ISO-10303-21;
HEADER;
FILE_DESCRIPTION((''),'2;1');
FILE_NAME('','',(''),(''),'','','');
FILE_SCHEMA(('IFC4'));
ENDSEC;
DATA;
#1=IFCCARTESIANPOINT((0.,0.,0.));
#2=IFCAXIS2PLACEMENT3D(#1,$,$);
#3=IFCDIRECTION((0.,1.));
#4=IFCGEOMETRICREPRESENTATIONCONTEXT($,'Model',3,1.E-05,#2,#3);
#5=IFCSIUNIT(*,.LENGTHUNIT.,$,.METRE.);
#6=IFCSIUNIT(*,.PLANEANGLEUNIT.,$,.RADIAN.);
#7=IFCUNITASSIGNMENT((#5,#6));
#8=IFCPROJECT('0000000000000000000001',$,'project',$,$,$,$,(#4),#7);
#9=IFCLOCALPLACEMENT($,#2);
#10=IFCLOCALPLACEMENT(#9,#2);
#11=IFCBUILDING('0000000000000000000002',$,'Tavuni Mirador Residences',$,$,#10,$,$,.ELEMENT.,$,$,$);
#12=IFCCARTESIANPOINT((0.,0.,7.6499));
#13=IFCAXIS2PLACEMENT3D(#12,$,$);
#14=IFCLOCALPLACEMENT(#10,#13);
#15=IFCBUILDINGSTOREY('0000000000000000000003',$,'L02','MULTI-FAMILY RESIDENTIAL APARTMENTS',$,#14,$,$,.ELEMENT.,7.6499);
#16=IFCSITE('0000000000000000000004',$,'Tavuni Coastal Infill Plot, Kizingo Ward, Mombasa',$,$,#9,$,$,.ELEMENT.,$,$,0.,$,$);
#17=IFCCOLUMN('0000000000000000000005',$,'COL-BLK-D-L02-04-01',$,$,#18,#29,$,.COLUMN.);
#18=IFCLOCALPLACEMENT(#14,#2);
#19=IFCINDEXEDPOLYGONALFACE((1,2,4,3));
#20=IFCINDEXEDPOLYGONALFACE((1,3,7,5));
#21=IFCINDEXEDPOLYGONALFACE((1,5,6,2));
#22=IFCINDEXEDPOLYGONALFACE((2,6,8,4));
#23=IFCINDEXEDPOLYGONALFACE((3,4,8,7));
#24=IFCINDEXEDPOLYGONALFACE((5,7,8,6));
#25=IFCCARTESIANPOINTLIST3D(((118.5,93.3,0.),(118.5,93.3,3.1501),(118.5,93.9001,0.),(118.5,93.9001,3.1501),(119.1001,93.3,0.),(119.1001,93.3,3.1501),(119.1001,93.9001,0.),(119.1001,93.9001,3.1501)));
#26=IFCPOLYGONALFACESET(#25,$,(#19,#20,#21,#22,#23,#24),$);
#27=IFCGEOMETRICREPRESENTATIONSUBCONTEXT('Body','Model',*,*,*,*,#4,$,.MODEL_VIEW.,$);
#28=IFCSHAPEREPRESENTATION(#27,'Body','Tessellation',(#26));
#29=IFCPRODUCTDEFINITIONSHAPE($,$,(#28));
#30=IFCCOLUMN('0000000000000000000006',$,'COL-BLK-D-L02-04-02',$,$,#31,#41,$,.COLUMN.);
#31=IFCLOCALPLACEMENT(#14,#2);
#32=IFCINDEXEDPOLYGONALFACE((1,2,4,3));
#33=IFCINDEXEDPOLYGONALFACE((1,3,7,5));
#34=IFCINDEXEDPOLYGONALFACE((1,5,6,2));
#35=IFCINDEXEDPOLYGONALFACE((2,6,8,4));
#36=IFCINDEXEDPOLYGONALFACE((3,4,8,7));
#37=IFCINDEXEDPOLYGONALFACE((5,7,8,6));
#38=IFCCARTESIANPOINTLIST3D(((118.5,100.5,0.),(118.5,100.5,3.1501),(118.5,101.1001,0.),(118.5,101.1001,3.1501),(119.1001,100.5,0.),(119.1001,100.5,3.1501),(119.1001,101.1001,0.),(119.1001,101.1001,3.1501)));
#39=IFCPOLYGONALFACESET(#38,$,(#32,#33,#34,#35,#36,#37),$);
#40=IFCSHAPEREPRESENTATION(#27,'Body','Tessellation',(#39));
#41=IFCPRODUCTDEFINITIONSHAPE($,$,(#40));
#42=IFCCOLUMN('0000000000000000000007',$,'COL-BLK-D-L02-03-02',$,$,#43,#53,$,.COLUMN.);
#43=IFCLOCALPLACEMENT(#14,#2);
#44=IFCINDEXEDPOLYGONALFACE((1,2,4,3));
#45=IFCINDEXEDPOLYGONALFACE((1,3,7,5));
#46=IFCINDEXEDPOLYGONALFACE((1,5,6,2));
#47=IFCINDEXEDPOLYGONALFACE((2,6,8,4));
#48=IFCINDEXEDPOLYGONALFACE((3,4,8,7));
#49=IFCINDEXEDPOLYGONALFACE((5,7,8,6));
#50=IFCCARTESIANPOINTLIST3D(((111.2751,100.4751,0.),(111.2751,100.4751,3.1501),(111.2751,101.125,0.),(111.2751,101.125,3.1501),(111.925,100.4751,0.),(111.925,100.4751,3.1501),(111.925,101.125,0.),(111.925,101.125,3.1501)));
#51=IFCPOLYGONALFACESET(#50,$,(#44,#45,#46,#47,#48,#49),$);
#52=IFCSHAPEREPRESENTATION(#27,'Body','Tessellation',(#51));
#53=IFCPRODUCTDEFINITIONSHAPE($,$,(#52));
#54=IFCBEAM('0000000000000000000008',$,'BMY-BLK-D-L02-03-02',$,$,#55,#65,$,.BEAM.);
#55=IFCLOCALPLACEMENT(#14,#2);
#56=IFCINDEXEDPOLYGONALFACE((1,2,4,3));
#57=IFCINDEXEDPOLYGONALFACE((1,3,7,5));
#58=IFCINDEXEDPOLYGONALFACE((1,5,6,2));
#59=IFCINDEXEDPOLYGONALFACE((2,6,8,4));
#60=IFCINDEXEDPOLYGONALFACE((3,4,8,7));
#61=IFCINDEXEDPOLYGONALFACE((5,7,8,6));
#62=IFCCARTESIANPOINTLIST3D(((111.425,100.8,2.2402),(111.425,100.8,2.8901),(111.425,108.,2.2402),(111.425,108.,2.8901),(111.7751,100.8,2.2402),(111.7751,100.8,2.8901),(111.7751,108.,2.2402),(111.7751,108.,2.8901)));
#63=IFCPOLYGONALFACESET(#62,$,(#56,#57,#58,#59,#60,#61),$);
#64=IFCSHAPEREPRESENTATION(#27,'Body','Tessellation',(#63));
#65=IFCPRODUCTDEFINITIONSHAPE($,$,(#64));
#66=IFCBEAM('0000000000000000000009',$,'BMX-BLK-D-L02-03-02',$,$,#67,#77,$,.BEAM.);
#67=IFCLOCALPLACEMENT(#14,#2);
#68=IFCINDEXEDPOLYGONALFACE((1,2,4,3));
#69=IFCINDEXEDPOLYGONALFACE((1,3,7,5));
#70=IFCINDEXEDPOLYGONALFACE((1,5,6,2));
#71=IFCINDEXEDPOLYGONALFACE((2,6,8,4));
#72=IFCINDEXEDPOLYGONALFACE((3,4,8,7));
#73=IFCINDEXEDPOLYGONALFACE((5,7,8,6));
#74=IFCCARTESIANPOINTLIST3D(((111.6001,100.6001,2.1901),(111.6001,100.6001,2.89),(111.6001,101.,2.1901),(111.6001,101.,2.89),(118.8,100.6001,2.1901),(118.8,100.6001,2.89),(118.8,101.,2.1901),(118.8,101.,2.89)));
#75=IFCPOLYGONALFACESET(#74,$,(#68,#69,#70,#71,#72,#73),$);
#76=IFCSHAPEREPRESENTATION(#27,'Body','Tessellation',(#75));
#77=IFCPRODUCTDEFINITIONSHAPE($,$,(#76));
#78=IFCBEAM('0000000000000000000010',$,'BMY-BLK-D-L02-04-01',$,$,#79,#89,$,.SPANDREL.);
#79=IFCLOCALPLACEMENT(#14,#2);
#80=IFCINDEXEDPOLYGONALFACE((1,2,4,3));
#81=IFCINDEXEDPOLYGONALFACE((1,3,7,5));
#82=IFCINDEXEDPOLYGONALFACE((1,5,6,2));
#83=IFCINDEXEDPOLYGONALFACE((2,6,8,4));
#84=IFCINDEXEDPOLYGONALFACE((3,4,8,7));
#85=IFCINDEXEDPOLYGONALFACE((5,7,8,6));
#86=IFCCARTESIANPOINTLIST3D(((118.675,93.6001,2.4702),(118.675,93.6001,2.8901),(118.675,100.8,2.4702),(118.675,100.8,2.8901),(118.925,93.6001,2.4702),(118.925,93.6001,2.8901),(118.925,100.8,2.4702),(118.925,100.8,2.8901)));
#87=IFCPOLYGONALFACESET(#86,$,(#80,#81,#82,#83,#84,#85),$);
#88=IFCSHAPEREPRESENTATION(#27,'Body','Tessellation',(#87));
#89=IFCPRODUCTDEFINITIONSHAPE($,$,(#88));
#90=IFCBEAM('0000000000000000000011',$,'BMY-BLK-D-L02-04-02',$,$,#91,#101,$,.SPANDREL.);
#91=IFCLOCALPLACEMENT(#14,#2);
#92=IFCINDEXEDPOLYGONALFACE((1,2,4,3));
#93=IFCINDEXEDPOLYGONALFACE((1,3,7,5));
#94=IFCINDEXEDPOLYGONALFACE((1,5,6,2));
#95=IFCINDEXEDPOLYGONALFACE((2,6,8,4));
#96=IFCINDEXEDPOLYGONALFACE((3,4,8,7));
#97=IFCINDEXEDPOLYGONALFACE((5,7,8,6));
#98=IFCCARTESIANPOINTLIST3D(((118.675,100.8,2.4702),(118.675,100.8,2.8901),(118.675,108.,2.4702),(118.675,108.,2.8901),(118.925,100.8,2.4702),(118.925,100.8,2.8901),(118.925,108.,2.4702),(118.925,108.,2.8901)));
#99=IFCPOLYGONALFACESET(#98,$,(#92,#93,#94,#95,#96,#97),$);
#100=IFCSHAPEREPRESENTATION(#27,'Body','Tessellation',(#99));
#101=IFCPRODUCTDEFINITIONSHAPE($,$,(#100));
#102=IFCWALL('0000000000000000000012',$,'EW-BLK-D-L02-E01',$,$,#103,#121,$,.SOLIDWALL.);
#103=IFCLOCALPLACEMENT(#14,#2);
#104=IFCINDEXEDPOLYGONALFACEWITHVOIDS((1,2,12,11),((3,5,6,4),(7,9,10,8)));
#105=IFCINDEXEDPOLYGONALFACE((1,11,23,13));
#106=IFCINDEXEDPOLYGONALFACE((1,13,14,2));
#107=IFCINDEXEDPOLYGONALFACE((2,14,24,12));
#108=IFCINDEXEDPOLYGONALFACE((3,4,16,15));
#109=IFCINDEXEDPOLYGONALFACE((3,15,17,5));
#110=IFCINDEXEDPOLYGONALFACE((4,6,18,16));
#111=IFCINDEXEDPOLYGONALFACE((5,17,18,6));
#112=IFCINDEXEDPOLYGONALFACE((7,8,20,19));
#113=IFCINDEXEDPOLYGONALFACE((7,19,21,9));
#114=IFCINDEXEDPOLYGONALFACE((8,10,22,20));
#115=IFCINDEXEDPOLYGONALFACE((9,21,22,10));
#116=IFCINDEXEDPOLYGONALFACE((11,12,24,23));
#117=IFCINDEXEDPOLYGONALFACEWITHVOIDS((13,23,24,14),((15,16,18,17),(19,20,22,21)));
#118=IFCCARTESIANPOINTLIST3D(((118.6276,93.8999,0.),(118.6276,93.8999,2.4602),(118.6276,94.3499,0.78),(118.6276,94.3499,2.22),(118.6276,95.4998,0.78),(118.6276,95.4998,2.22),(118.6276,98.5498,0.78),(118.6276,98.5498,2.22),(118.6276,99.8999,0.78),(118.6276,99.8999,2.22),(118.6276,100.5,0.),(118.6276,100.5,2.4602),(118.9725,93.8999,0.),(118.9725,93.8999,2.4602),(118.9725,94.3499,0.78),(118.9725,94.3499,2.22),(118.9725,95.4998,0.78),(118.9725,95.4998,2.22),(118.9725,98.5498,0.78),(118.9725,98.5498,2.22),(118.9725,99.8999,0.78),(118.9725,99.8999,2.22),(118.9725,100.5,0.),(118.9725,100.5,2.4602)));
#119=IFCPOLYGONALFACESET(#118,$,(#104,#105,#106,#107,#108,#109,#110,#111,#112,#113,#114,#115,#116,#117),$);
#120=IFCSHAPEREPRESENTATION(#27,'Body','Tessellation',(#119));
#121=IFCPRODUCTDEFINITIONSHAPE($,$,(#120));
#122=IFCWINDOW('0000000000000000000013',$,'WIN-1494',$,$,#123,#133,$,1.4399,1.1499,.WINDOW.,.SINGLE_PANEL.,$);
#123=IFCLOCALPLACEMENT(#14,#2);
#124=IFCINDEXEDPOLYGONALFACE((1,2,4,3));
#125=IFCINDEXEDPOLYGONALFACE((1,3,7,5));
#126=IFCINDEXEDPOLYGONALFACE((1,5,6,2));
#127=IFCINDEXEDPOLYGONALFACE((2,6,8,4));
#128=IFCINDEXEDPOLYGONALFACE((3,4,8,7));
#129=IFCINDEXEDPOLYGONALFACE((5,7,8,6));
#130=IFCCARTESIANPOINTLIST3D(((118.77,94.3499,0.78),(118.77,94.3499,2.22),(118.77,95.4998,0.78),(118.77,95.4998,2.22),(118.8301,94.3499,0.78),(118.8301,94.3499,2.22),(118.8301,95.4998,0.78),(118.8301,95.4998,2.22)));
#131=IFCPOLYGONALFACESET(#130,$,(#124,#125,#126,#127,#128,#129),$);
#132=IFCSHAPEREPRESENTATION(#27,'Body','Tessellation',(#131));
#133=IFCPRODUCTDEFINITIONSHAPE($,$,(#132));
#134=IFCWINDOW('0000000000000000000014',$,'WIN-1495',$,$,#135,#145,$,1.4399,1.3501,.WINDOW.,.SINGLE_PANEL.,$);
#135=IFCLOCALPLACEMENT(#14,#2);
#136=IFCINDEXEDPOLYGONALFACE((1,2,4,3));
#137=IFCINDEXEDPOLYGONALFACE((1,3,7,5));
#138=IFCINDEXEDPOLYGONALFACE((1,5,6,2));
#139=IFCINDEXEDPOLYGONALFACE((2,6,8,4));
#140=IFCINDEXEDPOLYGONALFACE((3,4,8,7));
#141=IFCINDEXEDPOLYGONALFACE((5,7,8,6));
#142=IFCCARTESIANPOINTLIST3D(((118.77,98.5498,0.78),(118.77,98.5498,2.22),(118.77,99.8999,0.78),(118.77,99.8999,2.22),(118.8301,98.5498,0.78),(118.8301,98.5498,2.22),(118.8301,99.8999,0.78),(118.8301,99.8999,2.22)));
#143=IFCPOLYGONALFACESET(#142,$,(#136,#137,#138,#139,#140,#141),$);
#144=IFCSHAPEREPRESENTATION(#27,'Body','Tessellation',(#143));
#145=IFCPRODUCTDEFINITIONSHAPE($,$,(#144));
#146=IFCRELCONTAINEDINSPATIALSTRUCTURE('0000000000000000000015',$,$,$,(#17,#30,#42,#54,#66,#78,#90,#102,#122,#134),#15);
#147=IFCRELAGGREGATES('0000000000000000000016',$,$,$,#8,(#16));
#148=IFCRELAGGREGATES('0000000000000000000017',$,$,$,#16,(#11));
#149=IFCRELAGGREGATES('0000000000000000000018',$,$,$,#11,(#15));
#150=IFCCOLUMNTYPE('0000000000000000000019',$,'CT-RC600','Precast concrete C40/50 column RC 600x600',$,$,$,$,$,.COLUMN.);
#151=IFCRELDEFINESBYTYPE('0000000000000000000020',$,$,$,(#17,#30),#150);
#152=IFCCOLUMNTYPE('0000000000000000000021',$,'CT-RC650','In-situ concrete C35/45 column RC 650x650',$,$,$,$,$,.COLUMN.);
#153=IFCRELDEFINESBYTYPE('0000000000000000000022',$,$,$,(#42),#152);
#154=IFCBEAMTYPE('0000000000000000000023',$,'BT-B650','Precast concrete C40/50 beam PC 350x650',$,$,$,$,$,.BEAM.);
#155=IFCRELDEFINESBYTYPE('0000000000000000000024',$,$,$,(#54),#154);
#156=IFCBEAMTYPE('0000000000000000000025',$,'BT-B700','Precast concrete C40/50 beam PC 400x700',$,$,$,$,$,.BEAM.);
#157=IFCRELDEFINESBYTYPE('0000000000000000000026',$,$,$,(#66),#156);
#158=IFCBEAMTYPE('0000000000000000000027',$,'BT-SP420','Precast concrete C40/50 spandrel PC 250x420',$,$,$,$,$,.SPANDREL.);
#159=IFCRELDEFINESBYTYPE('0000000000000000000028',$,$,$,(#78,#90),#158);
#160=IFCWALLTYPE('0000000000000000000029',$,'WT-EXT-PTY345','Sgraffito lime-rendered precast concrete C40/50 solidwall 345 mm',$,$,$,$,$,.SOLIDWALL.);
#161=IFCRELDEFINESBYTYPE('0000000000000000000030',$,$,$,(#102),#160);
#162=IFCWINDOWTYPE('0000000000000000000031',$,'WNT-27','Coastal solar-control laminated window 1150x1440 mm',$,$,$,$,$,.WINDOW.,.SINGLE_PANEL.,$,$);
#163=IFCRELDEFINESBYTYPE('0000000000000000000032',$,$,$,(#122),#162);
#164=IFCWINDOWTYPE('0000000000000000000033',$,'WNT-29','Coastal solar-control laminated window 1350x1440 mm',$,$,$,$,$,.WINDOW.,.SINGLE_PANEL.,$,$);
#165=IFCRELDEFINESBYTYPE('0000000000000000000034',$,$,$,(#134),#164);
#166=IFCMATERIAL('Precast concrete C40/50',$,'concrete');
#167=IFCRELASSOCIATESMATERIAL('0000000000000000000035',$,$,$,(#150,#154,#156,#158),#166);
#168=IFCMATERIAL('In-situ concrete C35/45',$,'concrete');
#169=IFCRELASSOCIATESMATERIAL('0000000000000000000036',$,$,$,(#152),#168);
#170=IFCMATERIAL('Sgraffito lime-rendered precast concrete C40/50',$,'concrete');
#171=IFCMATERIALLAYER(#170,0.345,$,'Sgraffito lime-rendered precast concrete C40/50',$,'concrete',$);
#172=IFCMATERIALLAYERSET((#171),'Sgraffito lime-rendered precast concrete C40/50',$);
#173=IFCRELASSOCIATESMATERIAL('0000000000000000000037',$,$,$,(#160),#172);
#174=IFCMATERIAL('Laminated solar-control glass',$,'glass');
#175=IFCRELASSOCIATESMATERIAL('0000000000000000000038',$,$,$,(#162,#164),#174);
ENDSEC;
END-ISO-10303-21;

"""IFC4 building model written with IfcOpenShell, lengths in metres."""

from ifc_helpers import new_model, si_unit, direction, frame, frame_2d, origin, origin_2d, place, context, subcontext, project, spatial, rectangle, extrude, material, layer, layer_set, material_profile, profile_set, type_object, element, fill, save


model = new_model("IFC4")

# Units and contexts
model_context = context("Model", 3, precision=1e-05, world=origin(), true_north=direction((0.0, 1.0)))
body_context = subcontext(model_context, "Body", "Model", "MODEL_VIEW")
ifc_project = project(units=[si_unit("LENGTHUNIT", "METRE"), si_unit("PLANEANGLEUNIT", "RADIAN")], contexts=[model_context])

# Site, building, storey
site_placement = place(None, origin())
site = spatial("IfcSite", under=ifc_project, at=site_placement, Name="Tavuni Coastal Infill Plot, Kizingo Ward, Mombasa", CompositionType="ELEMENT", RefElevation=0.0)
building_placement = place(site_placement, origin())
building = spatial("IfcBuilding", under=site, at=building_placement, Name="Tavuni Mirador Residences", CompositionType="ELEMENT")
storey_placement = place(building_placement, frame((0.0, 0.0, 7.6499)))
storey = spatial("IfcBuildingStorey", under=building, at=storey_placement, Name="L02", Description="MULTI-FAMILY RESIDENTIAL APARTMENTS", CompositionType="ELEMENT", Elevation=7.6499)

# Columns
ifc_material_1 = material(Name="Precast concrete C40/50", Category="concrete")
ifc_material_profile_1 = material_profile(ifc_material_1, rectangle(XDim=0.6001, YDim=0.6001, at=origin_2d()), Name="RC 600x600", Category="concrete")
ifc_profile_set_1 = profile_set([ifc_material_profile_1], Name="Precast concrete C40/50")
column_type_1 = type_object("IfcColumnType", Name="CT-RC600", Description="Precast concrete C40/50 column RC 600x600", PredefinedType="COLUMN", material=ifc_profile_set_1)
for number, where, z_axis, x_axis, name in (
    (1, (118.8, 93.6001, 0.0), (0.0, 0.0, 1.0), (1.0, 0.0, 0.0), "COL-BLK-D-L02-04-01"),
    (2, (118.8, 100.8, 0.0), (0.0, 0.0, 1.0), (1.0, 0.0, 0.0), "COL-BLK-D-L02-04-02"),
):
    element("IfcColumn", number, at=place(storey_placement, frame(where, z_axis=z_axis, x_axis=x_axis)), inside=storey, type_object=column_type_1, Name=name, PredefinedType="COLUMN", context=body_context, shape_type="SweptSolid", body=[
        extrude(rectangle(XDim=0.6001, YDim=0.6001, at=origin_2d()), origin(), (0.0, 0.0, 1.0), 3.1501),
    ])
ifc_material_2 = material(Name="In-situ concrete C35/45", Category="concrete")
ifc_material_profile_2 = material_profile(ifc_material_2, rectangle(XDim=0.6499, YDim=0.6499, at=origin_2d()), Name="RC 650x650", Category="concrete")
ifc_profile_set_2 = profile_set([ifc_material_profile_2], Name="In-situ concrete C35/45")
column_type_2 = type_object("IfcColumnType", Name="CT-RC650", Description="In-situ concrete C35/45 column RC 650x650", PredefinedType="COLUMN", material=ifc_profile_set_2)
column_placement = place(storey_placement, frame((111.6001, 100.8, 0.0), z_axis=(0.0, 0.0, 1.0), x_axis=(1.0, 0.0, 0.0)))
element("IfcColumn", 3, at=column_placement, inside=storey, type_object=column_type_2, Name="COL-BLK-D-L02-03-02", PredefinedType="COLUMN", context=body_context, shape_type="SweptSolid", body=[
    extrude(rectangle(XDim=0.6499, YDim=0.6499, at=origin_2d()), origin(), (0.0, 0.0, 1.0), 3.1501),
])

# Beams
ifc_material_profile_3 = material_profile(ifc_material_1, rectangle(XDim=0.3501, YDim=0.6499, at=origin_2d()), Name="PC 350x650", Category="concrete")
ifc_profile_set_3 = profile_set([ifc_material_profile_3], Name="Precast concrete C40/50")
beam_type_1 = type_object("IfcBeamType", Name="BT-B650", Description="Precast concrete C40/50 beam PC 350x650", PredefinedType="BEAM", material=ifc_profile_set_3)
beam_1_placement = place(storey_placement, frame((111.6001, 100.8, 2.5652), z_axis=(0.0, 1.0, 0.0), x_axis=(-1.0, 0.0, 0.0)))
element("IfcBeam", 4, at=beam_1_placement, inside=storey, type_object=beam_type_1, Name="BMY-BLK-D-L02-03-02", PredefinedType="BEAM", context=body_context, shape_type="SweptSolid", body=[
    extrude(rectangle(XDim=0.3501, YDim=0.6499, at=origin_2d()), origin(), (0.0, 0.0, 1.0), 7.2),
])
ifc_material_profile_4 = material_profile(ifc_material_1, rectangle(XDim=0.3999, YDim=0.7, at=origin_2d()), Name="PC 400x700", Category="concrete")
ifc_profile_set_4 = profile_set([ifc_material_profile_4], Name="Precast concrete C40/50")
beam_type_2 = type_object("IfcBeamType", Name="BT-B700", Description="Precast concrete C40/50 beam PC 400x700", PredefinedType="BEAM", material=ifc_profile_set_4)
beam_2_placement = place(storey_placement, frame((111.6001, 100.8, 2.54), z_axis=(1.0, 0.0, 0.0), x_axis=(0.0, 1.0, 0.0)))
element("IfcBeam", 5, at=beam_2_placement, inside=storey, type_object=beam_type_2, Name="BMX-BLK-D-L02-03-02", PredefinedType="BEAM", context=body_context, shape_type="SweptSolid", body=[
    extrude(rectangle(XDim=0.3999, YDim=0.7, at=origin_2d()), origin(), (0.0, 0.0, 1.0), 7.2),
])
ifc_material_profile_5 = material_profile(ifc_material_1, rectangle(XDim=0.25, YDim=0.4199, at=origin_2d()), Name="PC 250x420", Category="concrete")
ifc_profile_set_5 = profile_set([ifc_material_profile_5], Name="Precast concrete C40/50")
beam_type_3 = type_object("IfcBeamType", Name="BT-SP420", Description="Precast concrete C40/50 spandrel PC 250x420", PredefinedType="SPANDREL", material=ifc_profile_set_5)
for number, where, z_axis, x_axis, name in (
    (6, (118.8, 93.6001, 2.6802), (0.0, 1.0, 0.0), (-1.0, 0.0, 0.0), "BMY-BLK-D-L02-04-01"),
    (7, (118.8, 100.8, 2.6802), (0.0, 1.0, 0.0), (-1.0, 0.0, 0.0), "BMY-BLK-D-L02-04-02"),
):
    element("IfcBeam", number, at=place(storey_placement, frame(where, z_axis=z_axis, x_axis=x_axis)), inside=storey, type_object=beam_type_3, Name=name, PredefinedType="SPANDREL", context=body_context, shape_type="SweptSolid", body=[
        extrude(rectangle(XDim=0.25, YDim=0.4199, at=origin_2d()), origin(), (0.0, 0.0, 1.0), 7.2),
    ])

# Wall, openings, windows
ifc_material_3 = material(Name="Sgraffito lime-rendered precast concrete C40/50", Category="concrete")
ifc_layer_1 = layer(ifc_material_3, 0.345, Name="Sgraffito lime-rendered precast concrete C40/50", Category="concrete")
ifc_layer_set_1 = layer_set([ifc_layer_1], Name="Sgraffito lime-rendered precast concrete C40/50")
wall_type_1 = type_object("IfcWallType", Name="WT-EXT-PTY345", Description="Sgraffito lime-rendered precast concrete C40/50 solidwall 345 mm", PredefinedType="SOLIDWALL", material=ifc_layer_set_1)
wall_1_placement = place(storey_placement, frame((118.8, 93.8999, 0.0), z_axis=(0.0, 0.0, 1.0), x_axis=(0.0, 1.0, 0.0)))
wall_1 = element("IfcWall", 8, at=wall_1_placement, inside=storey, type_object=wall_type_1, Name="EW-BLK-D-L02-E01", PredefinedType="SOLIDWALL", context=body_context, shape_type="SweptSolid", body=[
    extrude(rectangle(XDim=6.6001, YDim=0.345, at=frame_2d((3.3, 0.0))), origin(), (0.0, 0.0, 1.0), 2.4602),
])
opening_1_placement = place(wall_1_placement, frame((0.45, 0.0, 0.78)))
opening_1 = element("IfcOpeningElement", 9, at=opening_1_placement, cuts=wall_1, PredefinedType="OPENING", context=body_context, shape_type="SweptSolid", body=[
    extrude(rectangle(XDim=1.1499, YDim=1.4399, at=frame_2d((0.575, 0.72))), frame((0.0, 0.1826, 0.0), z_axis=(0.0, -1.0, 0.0), x_axis=(1.0, 0.0, 0.0)), (0.0, 0.0, 1.0), 0.365),
])
opening_2_placement = place(wall_1_placement, frame((4.6499, 0.0, 0.78)))
opening_2 = element("IfcOpeningElement", 10, at=opening_2_placement, cuts=wall_1, PredefinedType="OPENING", context=body_context, shape_type="SweptSolid", body=[
    extrude(rectangle(XDim=1.3501, YDim=1.4399, at=frame_2d((0.675, 0.72))), frame((0.0, 0.1826, 0.0), z_axis=(0.0, -1.0, 0.0), x_axis=(1.0, 0.0, 0.0)), (0.0, 0.0, 1.0), 0.365),
])
ifc_material_4 = material(Name="Laminated solar-control glass", Category="glass")
window_type_1 = type_object("IfcWindowType", Name="WNT-27", Description="Coastal solar-control laminated window 1150x1440 mm", PartitioningType="SINGLE_PANEL", PredefinedType="WINDOW", material=ifc_material_4)
window_1_placement = place(opening_1_placement, origin())
window_1 = element("IfcWindow", 11, at=window_1_placement, inside=storey, type_object=window_type_1, Name="WIN-1494", OverallHeight=1.4399, OverallWidth=1.1499, PartitioningType="SINGLE_PANEL", PredefinedType="WINDOW", context=body_context, shape_type="SweptSolid", body=[
    extrude(rectangle(XDim=1.1499, YDim=1.4399, at=frame_2d((0.575, 0.72))), frame((0.0, 0.03, 0.0), z_axis=(0.0, -1.0, 0.0), x_axis=(1.0, 0.0, 0.0)), (0.0, 0.0, 1.0), 0.0601),
])
fill(opening_1, window_1)
window_type_2 = type_object("IfcWindowType", Name="WNT-29", Description="Coastal solar-control laminated window 1350x1440 mm", PartitioningType="SINGLE_PANEL", PredefinedType="WINDOW", material=ifc_material_4)
window_2_placement = place(opening_2_placement, origin())
window_2 = element("IfcWindow", 12, at=window_2_placement, inside=storey, type_object=window_type_2, Name="WIN-1495", OverallHeight=1.4399, OverallWidth=1.3501, PartitioningType="SINGLE_PANEL", PredefinedType="WINDOW", context=body_context, shape_type="SweptSolid", body=[
    extrude(rectangle(XDim=1.3501, YDim=1.4399, at=frame_2d((0.675, 0.72))), frame((0.0, 0.03, 0.0), z_axis=(0.0, -1.0, 0.0), x_axis=(1.0, 0.0, 0.0)), (0.0, 0.0, 1.0), 0.0601),
])
fill(opening_2, window_2)

save(model, "model.ifc")
